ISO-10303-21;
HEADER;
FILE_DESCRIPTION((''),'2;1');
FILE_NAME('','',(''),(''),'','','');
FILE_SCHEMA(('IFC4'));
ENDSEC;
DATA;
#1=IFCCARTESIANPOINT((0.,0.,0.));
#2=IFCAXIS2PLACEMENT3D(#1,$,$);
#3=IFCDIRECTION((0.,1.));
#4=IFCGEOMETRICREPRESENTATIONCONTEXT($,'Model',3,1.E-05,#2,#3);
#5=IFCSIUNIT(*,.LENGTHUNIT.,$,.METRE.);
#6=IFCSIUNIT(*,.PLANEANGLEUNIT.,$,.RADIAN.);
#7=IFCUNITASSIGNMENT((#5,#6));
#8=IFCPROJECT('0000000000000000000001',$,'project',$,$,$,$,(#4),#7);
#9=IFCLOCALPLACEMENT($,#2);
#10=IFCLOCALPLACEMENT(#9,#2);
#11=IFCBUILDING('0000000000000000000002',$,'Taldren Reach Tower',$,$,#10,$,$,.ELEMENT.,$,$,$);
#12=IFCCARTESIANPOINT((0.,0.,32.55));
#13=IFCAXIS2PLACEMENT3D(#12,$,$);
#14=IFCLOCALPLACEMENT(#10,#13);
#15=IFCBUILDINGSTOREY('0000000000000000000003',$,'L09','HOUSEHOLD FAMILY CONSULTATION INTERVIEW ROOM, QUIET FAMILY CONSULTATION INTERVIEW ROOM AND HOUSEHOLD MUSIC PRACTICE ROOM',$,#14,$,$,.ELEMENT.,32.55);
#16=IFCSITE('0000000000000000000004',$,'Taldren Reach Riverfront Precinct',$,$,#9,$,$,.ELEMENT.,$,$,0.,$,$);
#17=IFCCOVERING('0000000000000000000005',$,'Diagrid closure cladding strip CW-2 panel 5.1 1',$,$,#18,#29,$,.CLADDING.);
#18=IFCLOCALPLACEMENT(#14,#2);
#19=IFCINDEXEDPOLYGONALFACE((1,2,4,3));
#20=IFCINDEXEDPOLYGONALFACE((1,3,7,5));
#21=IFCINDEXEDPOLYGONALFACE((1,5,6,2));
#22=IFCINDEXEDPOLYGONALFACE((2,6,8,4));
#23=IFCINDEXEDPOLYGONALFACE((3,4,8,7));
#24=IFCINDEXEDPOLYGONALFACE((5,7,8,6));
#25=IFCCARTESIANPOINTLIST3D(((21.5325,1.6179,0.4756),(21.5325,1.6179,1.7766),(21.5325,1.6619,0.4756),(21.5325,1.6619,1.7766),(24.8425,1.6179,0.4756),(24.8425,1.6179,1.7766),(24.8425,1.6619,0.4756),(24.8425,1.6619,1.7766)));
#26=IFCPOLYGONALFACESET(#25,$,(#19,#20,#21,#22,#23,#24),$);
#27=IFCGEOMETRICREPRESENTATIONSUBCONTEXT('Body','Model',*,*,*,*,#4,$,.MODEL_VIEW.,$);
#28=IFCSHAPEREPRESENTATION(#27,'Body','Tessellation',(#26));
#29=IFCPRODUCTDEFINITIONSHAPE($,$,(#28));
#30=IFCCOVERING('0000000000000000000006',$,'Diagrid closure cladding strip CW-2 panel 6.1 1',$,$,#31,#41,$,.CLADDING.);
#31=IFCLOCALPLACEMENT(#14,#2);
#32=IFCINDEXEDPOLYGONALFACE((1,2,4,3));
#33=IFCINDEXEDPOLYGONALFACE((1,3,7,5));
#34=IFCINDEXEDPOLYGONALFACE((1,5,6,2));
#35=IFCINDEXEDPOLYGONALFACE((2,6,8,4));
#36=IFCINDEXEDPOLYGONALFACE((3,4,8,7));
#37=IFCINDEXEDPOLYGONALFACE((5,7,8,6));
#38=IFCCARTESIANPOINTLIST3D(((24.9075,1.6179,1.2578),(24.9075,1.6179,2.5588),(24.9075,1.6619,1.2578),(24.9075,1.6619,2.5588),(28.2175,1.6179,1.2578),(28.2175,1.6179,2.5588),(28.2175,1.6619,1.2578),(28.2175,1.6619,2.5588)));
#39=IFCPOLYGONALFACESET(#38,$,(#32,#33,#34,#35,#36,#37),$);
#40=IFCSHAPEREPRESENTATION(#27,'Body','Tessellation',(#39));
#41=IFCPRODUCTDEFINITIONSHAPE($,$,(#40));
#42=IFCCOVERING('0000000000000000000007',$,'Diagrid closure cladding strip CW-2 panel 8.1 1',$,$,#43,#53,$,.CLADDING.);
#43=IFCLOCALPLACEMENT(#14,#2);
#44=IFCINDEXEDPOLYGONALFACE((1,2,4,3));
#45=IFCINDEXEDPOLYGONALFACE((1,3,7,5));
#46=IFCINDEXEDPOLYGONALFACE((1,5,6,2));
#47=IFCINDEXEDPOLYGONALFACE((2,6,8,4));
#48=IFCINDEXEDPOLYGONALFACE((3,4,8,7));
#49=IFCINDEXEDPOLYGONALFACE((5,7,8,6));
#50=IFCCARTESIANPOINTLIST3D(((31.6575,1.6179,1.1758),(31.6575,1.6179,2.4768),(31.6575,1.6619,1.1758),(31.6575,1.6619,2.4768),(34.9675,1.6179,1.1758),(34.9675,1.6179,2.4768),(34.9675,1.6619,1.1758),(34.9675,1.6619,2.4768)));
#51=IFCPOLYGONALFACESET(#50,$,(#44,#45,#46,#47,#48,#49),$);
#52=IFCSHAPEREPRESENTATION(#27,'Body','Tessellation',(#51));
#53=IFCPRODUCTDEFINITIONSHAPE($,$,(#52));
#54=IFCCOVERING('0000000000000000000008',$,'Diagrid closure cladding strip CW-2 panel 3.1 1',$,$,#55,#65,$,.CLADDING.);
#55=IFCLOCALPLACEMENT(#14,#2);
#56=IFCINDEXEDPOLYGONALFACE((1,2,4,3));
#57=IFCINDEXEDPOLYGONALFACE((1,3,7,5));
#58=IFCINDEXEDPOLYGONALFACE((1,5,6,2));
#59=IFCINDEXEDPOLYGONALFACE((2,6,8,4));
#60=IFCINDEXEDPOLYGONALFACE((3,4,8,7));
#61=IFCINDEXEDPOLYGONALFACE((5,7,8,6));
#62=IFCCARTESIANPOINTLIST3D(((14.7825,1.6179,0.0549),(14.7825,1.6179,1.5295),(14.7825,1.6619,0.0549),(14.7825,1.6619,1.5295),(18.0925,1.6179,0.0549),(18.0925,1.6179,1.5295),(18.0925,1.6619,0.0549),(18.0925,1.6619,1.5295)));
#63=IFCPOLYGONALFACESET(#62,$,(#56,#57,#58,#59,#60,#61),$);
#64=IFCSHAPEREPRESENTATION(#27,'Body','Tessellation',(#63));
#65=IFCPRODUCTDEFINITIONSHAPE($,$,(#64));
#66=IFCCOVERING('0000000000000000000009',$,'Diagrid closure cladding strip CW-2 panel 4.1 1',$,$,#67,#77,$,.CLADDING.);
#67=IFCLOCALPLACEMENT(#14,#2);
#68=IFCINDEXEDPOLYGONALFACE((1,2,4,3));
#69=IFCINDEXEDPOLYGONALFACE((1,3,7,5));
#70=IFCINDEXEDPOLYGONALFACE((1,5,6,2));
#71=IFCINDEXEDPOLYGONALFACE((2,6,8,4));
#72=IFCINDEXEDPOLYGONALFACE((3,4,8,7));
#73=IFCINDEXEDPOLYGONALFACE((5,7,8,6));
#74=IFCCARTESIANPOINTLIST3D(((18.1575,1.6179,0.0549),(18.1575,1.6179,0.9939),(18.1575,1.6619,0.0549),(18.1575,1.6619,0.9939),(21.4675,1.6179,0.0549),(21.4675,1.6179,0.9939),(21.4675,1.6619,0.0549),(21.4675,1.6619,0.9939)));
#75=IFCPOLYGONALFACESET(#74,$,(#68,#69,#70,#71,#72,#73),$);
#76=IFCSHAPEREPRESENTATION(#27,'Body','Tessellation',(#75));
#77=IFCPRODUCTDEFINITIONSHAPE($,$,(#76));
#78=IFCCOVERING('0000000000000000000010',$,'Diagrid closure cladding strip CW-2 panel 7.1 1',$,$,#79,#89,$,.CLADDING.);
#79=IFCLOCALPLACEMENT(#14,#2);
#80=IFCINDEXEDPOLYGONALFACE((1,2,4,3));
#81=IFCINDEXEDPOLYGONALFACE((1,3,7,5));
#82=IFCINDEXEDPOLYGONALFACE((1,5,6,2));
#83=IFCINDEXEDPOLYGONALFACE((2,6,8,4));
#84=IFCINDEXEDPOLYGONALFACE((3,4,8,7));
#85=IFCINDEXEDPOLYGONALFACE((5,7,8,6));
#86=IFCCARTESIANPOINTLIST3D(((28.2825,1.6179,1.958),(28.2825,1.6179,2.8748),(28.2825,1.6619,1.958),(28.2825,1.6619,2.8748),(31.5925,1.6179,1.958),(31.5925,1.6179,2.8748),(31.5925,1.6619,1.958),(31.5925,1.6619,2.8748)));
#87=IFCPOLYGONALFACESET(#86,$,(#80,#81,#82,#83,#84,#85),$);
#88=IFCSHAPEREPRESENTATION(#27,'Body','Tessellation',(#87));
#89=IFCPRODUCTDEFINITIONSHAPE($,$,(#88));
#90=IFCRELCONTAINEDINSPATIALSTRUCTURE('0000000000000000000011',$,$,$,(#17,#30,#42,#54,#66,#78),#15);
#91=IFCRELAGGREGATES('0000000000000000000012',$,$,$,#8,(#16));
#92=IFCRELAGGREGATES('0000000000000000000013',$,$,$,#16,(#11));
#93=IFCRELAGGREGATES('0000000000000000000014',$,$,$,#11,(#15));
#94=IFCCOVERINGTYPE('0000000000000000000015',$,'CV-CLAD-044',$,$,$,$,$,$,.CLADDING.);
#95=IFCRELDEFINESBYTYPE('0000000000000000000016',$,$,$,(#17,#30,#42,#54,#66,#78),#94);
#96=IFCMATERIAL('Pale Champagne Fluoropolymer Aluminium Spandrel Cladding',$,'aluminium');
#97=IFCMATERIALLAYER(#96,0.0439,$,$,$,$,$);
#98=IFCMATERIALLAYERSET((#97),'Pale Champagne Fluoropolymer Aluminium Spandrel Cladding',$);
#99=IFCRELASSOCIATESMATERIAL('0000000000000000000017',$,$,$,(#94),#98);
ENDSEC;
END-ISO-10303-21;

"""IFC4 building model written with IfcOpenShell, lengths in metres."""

from ifc_helpers import new_model, si_unit, direction, frame, origin, origin_2d, place, context, subcontext, project, spatial, rectangle, extrude, source, transform, mapped, material, layer, layer_set, type_object, element, save


model = new_model("IFC4")

# Units and contexts
model_context = context("Model", 3, precision=1e-05, world=origin(), true_north=direction((0.0, 1.0)))
body_context = subcontext(model_context, "Body", "Model", "MODEL_VIEW")
ifc_project = project(units=[si_unit("LENGTHUNIT", "METRE"), si_unit("PLANEANGLEUNIT", "RADIAN")], contexts=[model_context])

# Site, building, storey
site_placement = place(None, origin())
site = spatial("IfcSite", under=ifc_project, at=site_placement, Name="Taldren Reach Riverfront Precinct", CompositionType="ELEMENT", RefElevation=0.0)
building_placement = place(site_placement, origin())
building = spatial("IfcBuilding", under=site, at=building_placement, Name="Taldren Reach Tower", CompositionType="ELEMENT")
storey_placement = place(building_placement, frame((0.0, 0.0, 32.55)))
storey = spatial("IfcBuildingStorey", under=building, at=storey_placement, Name="L09", Description="HOUSEHOLD FAMILY CONSULTATION INTERVIEW ROOM, QUIET FAMILY CONSULTATION INTERVIEW ROOM AND HOUSEHOLD MUSIC PRACTICE ROOM", CompositionType="ELEMENT", Elevation=32.55)

# Coverings
ifc_material_1 = material(Name="Pale Champagne Fluoropolymer Aluminium Spandrel Cladding", Category="aluminium")
ifc_layer_1 = layer(ifc_material_1, 0.0439)
ifc_layer_set_1 = layer_set([ifc_layer_1], Name="Pale Champagne Fluoropolymer Aluminium Spandrel Cladding")
covering_type = type_object("IfcCoveringType", Name="CV-CLAD-044", PredefinedType="CLADDING", material=ifc_layer_set_1)
shared_shape_1 = source(origin(), body_context, "Body", "SweptSolid", [
    extrude(rectangle(XDim=3.3101, YDim=0.0439, at=origin_2d()), origin(), (0.0, 0.0, 1.0), 1.301),
])
for number, where, z_axis, x_axis, name in (
    (1, (23.1875, 1.6399, 0.4756), (0.0, 0.0, 1.0), (1.0, 0.0, 0.0), "Diagrid closure cladding strip CW-2 panel 5.1 1"),
    (2, (26.5625, 1.6399, 1.2578), (0.0, 0.0, 1.0), (1.0, 0.0, 0.0), "Diagrid closure cladding strip CW-2 panel 6.1 1"),
    (3, (33.3125, 1.6399, 1.1758), (0.0, 0.0, 1.0), (1.0, 0.0, 0.0), "Diagrid closure cladding strip CW-2 panel 8.1 1"),
):
    element("IfcCovering", number, at=place(storey_placement, frame(where, z_axis=z_axis, x_axis=x_axis)), inside=storey, type_object=covering_type, Name=name, PredefinedType="CLADDING", context=body_context, shape_type="MappedRepresentation", body=[
        mapped(shared_shape_1, transform((0.0, 0.0, 0.0), scale=1.0)),
    ])
shared_shape_2 = source(origin(), body_context, "Body", "SweptSolid", [
    extrude(rectangle(XDim=3.3101, YDim=0.0439, at=origin_2d()), origin(), (0.0, 0.0, 1.0), 1.4746),
])
covering_1_placement = place(storey_placement, frame((16.4375, 1.6399, 0.0549), z_axis=(0.0, 0.0, 1.0), x_axis=(1.0, 0.0, 0.0)))
element("IfcCovering", 4, at=covering_1_placement, inside=storey, type_object=covering_type, Name="Diagrid closure cladding strip CW-2 panel 3.1 1", PredefinedType="CLADDING", context=body_context, shape_type="MappedRepresentation", body=[
    mapped(shared_shape_2, transform((0.0, 0.0, 0.0), scale=1.0)),
])
shared_shape_3 = source(origin(), body_context, "Body", "SweptSolid", [
    extrude(rectangle(XDim=3.3101, YDim=0.0439, at=origin_2d()), origin(), (0.0, 0.0, 1.0), 0.939),
])
covering_2_placement = place(storey_placement, frame((19.8125, 1.6399, 0.0549), z_axis=(0.0, 0.0, 1.0), x_axis=(1.0, 0.0, 0.0)))
element("IfcCovering", 5, at=covering_2_placement, inside=storey, type_object=covering_type, Name="Diagrid closure cladding strip CW-2 panel 4.1 1", PredefinedType="CLADDING", context=body_context, shape_type="MappedRepresentation", body=[
    mapped(shared_shape_3, transform((0.0, 0.0, 0.0), scale=1.0)),
])
shared_shape_4 = source(origin(), body_context, "Body", "SweptSolid", [
    extrude(rectangle(XDim=3.3101, YDim=0.0439, at=origin_2d()), origin(), (0.0, 0.0, 1.0), 0.9167),
])
covering_3_placement = place(storey_placement, frame((29.9375, 1.6399, 1.958), z_axis=(0.0, 0.0, 1.0), x_axis=(1.0, 0.0, 0.0)))
element("IfcCovering", 6, at=covering_3_placement, inside=storey, type_object=covering_type, Name="Diagrid closure cladding strip CW-2 panel 7.1 1", PredefinedType="CLADDING", context=body_context, shape_type="MappedRepresentation", body=[
    mapped(shared_shape_4, transform((0.0, 0.0, 0.0), scale=1.0)),
])

save(model, "model.ifc")
